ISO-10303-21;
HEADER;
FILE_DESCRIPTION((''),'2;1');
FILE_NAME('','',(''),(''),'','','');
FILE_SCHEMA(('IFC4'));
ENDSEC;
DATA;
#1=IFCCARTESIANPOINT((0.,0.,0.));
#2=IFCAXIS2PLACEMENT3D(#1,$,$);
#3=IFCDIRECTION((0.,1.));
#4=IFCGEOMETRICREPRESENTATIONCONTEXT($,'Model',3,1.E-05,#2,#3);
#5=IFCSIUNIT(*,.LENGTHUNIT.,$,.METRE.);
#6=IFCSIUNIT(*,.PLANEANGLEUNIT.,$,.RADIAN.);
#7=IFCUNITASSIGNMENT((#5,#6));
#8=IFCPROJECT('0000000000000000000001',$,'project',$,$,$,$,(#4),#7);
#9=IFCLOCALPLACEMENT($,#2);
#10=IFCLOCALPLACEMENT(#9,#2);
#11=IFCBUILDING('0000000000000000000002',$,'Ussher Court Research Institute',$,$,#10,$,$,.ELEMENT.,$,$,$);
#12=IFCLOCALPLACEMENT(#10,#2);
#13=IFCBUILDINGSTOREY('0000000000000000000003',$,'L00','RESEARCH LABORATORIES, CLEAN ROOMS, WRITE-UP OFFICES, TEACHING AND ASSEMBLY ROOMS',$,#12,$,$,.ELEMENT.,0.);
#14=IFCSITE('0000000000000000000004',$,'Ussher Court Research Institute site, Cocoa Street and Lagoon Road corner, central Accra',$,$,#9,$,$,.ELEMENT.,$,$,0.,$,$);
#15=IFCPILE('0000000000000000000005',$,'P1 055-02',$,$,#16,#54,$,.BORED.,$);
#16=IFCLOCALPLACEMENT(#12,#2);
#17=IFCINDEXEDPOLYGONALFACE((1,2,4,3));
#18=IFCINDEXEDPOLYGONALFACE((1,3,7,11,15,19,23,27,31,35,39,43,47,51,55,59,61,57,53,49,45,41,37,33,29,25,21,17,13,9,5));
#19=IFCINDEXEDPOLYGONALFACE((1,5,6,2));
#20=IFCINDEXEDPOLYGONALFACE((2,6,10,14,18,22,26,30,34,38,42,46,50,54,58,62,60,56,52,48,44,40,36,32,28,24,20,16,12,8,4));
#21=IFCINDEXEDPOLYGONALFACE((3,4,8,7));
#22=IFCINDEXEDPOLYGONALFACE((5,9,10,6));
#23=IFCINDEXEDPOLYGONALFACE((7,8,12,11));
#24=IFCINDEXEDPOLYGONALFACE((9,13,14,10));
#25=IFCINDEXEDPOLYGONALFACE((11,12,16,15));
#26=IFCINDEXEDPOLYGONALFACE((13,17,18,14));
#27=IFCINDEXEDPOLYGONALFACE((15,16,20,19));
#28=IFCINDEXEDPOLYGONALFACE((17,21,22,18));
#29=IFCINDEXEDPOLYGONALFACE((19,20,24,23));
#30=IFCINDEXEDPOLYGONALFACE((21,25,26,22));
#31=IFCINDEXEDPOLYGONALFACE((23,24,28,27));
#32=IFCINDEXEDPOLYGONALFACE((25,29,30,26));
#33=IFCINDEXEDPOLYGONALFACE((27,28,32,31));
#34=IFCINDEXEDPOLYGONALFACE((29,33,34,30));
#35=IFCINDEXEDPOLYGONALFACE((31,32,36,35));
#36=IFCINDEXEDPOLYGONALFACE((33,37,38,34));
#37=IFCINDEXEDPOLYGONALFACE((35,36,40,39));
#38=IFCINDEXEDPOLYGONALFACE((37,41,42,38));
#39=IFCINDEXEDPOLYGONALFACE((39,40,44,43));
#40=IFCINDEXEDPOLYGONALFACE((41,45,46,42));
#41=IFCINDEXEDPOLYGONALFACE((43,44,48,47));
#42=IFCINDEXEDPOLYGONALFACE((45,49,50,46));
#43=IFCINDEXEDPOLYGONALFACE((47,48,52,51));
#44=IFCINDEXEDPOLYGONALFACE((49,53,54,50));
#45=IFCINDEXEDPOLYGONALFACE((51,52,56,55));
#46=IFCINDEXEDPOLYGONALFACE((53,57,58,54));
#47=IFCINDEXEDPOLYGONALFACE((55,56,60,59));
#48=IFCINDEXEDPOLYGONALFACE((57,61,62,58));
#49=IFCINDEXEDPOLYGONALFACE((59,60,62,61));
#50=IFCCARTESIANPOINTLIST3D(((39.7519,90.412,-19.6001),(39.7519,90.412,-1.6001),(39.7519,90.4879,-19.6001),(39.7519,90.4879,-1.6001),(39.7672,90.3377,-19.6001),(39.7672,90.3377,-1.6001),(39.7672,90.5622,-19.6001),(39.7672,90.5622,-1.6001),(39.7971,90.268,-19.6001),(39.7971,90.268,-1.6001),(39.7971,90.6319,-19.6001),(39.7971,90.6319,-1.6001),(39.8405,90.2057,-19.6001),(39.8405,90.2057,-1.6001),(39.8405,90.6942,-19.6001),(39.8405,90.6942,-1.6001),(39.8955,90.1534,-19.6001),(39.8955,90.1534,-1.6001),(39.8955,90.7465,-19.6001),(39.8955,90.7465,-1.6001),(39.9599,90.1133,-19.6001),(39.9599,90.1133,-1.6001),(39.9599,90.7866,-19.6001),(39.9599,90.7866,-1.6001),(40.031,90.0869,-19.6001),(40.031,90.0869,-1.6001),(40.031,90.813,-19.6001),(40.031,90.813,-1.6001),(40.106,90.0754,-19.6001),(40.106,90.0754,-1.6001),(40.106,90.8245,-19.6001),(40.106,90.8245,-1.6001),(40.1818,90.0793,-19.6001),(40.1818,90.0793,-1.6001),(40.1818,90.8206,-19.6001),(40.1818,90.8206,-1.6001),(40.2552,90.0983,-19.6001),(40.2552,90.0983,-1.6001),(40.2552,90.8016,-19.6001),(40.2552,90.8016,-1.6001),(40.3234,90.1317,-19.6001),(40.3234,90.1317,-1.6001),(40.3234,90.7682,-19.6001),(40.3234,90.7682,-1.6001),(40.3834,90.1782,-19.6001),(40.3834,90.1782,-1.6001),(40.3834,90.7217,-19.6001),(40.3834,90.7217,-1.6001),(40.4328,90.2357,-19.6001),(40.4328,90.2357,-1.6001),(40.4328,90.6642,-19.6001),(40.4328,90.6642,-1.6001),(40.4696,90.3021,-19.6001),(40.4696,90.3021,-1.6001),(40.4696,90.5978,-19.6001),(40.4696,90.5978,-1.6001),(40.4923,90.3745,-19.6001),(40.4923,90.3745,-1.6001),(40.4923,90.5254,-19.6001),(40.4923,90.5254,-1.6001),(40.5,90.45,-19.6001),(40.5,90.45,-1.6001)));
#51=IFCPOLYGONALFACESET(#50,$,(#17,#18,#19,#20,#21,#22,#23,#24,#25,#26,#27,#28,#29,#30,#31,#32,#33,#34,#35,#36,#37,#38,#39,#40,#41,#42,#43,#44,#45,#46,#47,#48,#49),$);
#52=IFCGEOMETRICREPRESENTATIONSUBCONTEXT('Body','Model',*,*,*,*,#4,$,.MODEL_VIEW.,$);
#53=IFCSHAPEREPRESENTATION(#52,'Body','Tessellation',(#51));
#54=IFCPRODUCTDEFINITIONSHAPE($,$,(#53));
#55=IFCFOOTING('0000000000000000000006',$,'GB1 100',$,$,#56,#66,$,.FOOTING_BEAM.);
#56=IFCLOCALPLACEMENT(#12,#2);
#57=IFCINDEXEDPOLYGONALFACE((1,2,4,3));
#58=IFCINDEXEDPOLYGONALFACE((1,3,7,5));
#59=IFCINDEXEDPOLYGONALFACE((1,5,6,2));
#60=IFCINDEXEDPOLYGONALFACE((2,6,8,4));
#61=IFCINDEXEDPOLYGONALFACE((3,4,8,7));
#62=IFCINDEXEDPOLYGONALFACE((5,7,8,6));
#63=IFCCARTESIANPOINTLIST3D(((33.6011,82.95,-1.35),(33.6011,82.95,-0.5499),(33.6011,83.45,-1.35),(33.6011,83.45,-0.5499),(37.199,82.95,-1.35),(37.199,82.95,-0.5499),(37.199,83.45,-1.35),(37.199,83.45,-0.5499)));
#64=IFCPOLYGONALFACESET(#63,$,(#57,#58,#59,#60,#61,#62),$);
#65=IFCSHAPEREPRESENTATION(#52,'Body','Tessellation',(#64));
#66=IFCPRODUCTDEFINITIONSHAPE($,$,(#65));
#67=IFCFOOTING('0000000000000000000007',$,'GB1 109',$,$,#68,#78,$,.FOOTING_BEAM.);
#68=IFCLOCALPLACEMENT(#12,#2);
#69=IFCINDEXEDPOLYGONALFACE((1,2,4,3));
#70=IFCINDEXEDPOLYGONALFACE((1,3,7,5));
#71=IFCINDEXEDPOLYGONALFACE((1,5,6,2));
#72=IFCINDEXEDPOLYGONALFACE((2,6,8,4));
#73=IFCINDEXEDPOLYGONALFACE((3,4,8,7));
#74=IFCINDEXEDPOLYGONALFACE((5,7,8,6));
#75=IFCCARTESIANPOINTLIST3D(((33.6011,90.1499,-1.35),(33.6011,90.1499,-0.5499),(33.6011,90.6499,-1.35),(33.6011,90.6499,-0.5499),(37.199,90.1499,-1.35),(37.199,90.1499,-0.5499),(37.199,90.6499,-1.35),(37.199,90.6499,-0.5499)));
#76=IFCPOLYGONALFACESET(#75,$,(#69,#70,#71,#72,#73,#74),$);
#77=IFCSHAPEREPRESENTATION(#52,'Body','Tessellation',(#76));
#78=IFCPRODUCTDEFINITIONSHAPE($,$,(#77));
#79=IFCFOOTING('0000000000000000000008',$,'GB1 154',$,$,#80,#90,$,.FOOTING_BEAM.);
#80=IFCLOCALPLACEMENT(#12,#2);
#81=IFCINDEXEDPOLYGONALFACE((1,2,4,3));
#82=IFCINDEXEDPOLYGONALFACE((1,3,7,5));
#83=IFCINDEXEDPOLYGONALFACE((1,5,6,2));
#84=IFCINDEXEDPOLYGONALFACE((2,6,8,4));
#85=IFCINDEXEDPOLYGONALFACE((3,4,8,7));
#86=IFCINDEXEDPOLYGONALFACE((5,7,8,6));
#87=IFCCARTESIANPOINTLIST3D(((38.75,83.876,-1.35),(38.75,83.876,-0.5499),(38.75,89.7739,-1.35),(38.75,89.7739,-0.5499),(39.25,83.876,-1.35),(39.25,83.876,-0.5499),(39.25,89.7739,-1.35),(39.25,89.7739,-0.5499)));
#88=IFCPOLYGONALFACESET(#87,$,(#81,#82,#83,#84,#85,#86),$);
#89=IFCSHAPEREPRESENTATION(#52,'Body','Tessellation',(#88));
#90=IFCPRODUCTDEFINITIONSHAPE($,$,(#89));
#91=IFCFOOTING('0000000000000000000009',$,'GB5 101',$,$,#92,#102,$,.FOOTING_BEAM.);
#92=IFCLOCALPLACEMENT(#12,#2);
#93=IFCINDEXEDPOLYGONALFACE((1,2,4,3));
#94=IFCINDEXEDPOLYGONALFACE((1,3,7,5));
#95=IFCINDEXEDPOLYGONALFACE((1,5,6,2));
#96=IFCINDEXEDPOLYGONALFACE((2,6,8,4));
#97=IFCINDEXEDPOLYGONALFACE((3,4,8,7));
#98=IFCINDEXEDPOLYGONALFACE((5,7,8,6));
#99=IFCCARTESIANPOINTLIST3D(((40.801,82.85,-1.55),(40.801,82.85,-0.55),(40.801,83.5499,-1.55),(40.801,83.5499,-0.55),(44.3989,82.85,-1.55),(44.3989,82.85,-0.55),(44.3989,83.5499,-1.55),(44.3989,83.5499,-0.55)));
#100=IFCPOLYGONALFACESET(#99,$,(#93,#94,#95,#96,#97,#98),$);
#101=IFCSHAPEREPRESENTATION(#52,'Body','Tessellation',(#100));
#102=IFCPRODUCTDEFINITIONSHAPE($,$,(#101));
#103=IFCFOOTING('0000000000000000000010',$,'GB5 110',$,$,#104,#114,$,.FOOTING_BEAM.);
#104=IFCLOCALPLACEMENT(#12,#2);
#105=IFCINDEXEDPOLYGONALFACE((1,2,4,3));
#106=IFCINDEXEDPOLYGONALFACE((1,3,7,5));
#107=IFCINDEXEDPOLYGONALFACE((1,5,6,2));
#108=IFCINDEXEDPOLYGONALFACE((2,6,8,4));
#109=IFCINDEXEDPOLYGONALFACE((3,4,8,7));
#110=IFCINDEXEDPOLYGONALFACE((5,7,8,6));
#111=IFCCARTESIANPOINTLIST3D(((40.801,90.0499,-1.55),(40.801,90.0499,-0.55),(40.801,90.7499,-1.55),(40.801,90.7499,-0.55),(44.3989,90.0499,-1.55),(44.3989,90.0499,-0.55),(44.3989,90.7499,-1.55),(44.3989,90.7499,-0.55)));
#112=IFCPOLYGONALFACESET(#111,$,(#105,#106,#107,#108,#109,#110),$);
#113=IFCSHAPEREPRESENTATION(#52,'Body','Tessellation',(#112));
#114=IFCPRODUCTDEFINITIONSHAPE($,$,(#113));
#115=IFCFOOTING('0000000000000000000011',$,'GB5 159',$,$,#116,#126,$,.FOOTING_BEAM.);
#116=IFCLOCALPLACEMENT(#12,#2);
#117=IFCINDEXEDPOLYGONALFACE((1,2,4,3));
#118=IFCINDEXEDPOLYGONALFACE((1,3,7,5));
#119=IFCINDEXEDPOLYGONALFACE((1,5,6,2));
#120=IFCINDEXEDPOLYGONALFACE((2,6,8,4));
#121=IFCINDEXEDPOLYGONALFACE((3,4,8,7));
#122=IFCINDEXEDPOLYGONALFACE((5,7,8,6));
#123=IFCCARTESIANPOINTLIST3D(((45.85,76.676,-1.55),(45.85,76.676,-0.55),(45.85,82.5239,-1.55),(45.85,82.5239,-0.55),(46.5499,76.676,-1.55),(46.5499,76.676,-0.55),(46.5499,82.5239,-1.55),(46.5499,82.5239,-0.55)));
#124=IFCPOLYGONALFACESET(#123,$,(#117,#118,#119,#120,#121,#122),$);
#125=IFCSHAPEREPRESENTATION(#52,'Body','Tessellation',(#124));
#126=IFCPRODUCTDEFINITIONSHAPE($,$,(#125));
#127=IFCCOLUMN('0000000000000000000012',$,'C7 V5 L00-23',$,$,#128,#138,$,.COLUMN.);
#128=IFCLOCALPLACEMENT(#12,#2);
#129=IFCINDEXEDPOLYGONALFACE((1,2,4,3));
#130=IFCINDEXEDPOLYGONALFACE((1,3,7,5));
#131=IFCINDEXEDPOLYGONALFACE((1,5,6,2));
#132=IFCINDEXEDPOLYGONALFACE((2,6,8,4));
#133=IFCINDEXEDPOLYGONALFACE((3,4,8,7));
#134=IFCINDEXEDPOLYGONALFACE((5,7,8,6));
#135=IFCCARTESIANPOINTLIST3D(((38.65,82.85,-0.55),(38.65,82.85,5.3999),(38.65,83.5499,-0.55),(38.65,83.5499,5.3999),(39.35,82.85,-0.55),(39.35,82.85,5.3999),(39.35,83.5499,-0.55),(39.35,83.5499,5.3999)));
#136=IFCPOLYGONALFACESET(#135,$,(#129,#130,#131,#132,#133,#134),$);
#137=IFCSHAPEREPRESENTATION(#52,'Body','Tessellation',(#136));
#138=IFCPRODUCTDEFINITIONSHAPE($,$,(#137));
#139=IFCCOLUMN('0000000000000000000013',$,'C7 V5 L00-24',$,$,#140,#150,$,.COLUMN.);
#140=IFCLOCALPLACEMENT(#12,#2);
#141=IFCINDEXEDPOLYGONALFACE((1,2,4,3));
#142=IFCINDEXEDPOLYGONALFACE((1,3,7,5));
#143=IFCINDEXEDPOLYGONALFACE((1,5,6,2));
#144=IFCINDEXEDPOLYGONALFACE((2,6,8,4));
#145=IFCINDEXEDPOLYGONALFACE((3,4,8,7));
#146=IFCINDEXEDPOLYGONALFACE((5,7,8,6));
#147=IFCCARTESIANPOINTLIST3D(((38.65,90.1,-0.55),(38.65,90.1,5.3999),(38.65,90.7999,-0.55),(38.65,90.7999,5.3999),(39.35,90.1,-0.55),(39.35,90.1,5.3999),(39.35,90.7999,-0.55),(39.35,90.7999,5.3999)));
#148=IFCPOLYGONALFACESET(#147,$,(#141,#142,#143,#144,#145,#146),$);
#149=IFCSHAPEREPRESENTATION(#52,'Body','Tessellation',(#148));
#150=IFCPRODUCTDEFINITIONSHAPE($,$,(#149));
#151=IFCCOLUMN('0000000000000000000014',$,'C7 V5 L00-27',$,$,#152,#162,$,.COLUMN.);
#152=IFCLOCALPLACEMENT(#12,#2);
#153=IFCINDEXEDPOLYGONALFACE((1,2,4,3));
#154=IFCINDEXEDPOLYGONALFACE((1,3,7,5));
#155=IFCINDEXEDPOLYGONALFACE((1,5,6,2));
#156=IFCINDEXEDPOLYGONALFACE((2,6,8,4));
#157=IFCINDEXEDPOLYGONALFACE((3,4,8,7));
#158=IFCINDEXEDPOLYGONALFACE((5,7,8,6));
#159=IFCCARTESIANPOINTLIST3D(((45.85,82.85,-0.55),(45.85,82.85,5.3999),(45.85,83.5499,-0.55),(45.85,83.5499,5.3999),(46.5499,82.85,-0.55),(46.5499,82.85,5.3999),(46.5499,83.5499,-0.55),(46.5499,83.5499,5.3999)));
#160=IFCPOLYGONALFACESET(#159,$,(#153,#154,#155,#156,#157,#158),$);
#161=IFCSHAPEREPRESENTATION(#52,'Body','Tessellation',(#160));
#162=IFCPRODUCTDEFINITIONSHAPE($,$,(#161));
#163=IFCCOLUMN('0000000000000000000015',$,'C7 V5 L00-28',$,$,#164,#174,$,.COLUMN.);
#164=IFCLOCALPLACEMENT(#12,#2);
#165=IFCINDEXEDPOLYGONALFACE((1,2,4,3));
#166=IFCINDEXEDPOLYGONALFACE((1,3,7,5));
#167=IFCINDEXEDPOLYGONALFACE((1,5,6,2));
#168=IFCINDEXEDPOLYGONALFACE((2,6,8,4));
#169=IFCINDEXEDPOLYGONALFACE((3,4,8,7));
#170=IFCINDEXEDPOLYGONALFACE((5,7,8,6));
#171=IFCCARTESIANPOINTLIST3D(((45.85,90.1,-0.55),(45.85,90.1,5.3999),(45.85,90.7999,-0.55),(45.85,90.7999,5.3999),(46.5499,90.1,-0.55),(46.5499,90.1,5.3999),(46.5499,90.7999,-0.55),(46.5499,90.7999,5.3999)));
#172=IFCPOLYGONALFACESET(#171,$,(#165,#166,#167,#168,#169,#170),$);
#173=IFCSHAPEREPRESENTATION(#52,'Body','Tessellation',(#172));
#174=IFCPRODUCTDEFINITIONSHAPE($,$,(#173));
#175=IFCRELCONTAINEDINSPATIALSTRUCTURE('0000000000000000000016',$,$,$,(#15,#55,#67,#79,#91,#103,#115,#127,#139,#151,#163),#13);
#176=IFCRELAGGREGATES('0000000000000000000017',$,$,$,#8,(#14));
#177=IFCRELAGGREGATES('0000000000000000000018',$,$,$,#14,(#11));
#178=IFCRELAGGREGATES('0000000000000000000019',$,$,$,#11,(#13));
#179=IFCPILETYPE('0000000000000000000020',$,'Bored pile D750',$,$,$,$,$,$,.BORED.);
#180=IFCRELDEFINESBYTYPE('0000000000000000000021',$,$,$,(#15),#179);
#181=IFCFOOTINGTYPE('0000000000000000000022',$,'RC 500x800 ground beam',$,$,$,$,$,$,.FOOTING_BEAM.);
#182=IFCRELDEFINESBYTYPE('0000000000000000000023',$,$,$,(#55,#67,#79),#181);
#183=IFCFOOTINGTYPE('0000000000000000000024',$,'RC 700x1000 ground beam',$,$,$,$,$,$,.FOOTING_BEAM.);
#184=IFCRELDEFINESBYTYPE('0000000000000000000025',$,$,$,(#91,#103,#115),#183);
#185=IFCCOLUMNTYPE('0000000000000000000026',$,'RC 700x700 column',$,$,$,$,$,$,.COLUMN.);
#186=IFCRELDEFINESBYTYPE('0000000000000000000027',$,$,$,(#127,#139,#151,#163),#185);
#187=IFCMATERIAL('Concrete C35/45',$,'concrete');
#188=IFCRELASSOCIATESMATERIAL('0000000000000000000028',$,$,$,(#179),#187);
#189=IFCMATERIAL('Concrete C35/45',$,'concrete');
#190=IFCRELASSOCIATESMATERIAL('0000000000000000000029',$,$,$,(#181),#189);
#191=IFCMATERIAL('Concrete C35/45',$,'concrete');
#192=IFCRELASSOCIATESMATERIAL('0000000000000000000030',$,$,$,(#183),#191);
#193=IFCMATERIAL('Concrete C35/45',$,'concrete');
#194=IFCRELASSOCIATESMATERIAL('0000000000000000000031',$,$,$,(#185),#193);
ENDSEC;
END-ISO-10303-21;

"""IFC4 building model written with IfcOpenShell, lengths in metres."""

from ifc_helpers import new_model, si_unit, direction, frame, origin, origin_2d, place, context, subcontext, project, spatial, rectangle, circle, extrude, material, material_profile, profile_set, type_object, element, save


model = new_model("IFC4")

# Units and contexts
model_context = context("Model", 3, precision=1e-05, world=origin(), true_north=direction((0.0, 1.0)))
body_context = subcontext(model_context, "Body", "Model", "MODEL_VIEW")
ifc_project = project(units=[si_unit("LENGTHUNIT", "METRE"), si_unit("PLANEANGLEUNIT", "RADIAN")], contexts=[model_context])

# Site, building, storey
site_placement = place(None, origin())
site = spatial("IfcSite", under=ifc_project, at=site_placement, Name="Ussher Court Research Institute site, Cocoa Street and Lagoon Road corner, central Accra", CompositionType="ELEMENT", RefElevation=0.0)
building_placement = place(site_placement, origin())
building = spatial("IfcBuilding", under=site, at=building_placement, Name="Ussher Court Research Institute", CompositionType="ELEMENT")
storey_placement = place(building_placement, origin())
storey = spatial("IfcBuildingStorey", under=building, at=storey_placement, Name="L00", Description="RESEARCH LABORATORIES, CLEAN ROOMS, WRITE-UP OFFICES, TEACHING AND ASSEMBLY ROOMS", CompositionType="ELEMENT", Elevation=0.0)

# Pile
ifc_material_1 = material(Name="Concrete C35/45", Category="concrete")
ifc_material_profile_1 = material_profile(ifc_material_1, circle(Radius=0.375, at=origin_2d()), Name="RC D750")
ifc_profile_set_1 = profile_set([ifc_material_profile_1], Name="Concrete C35/45")
pile_type = type_object("IfcPileType", Name="Bored pile D750", PredefinedType="BORED", material=ifc_profile_set_1)
for number, where, z_axis, x_axis, name in (
    (1, (40.125, 90.45, -1.6001), (0.0, 0.0, -1.0), (1.0, 0.0, 0.0), "P1 055-02"),
):
    element("IfcPile", number, at=place(storey_placement, frame(where, z_axis=z_axis, x_axis=x_axis)), inside=storey, type_object=pile_type, Name=name, PredefinedType="BORED", context=body_context, shape_type="SweptSolid", body=[
        extrude(circle(Radius=0.375, at=origin_2d()), origin(), (0.0, 0.0, 1.0), 18.0),
    ])

# Footings
ifc_material_2 = material(Name="Concrete C35/45", Category="concrete")
ifc_material_profile_2 = material_profile(ifc_material_2, rectangle(XDim=0.5, YDim=0.8, at=origin_2d()), Name="RC 500x800")
ifc_profile_set_2 = profile_set([ifc_material_profile_2], Name="Concrete C35/45")
footing_type_1 = type_object("IfcFootingType", Name="RC 500x800 ground beam", PredefinedType="FOOTING_BEAM", material=ifc_profile_set_2)
for number, where, z_axis, x_axis, name in (
    (2, (33.6011, 83.2, -0.95), (1.0, 0.0, 0.0), (0.0, 1.0, 0.0), "GB1 100"),
    (3, (33.6011, 90.3999, -0.95), (1.0, 0.0, 0.0), (0.0, 1.0, 0.0), "GB1 109"),
):
    element("IfcFooting", number, at=place(storey_placement, frame(where, z_axis=z_axis, x_axis=x_axis)), inside=storey, type_object=footing_type_1, Name=name, PredefinedType="FOOTING_BEAM", context=body_context, shape_type="SweptSolid", body=[
        extrude(rectangle(XDim=0.5, YDim=0.8, at=origin_2d()), origin(), (0.0, 0.0, 1.0), 3.5979),
    ])
footing_1_placement = place(storey_placement, frame((39.0, 83.876, -0.95), z_axis=(0.0, 1.0, 0.0), x_axis=(-1.0, 0.0, 0.0)))
element("IfcFooting", 4, at=footing_1_placement, inside=storey, type_object=footing_type_1, Name="GB1 154", PredefinedType="FOOTING_BEAM", context=body_context, shape_type="SweptSolid", body=[
    extrude(rectangle(XDim=0.5, YDim=0.8, at=origin_2d()), origin(), (0.0, 0.0, 1.0), 5.8979),
])
ifc_material_3 = material(Name="Concrete C35/45", Category="concrete")
ifc_material_profile_3 = material_profile(ifc_material_3, rectangle(XDim=0.7, YDim=1.0, at=origin_2d()), Name="RC 700x1000")
ifc_profile_set_3 = profile_set([ifc_material_profile_3], Name="Concrete C35/45")
footing_type_2 = type_object("IfcFootingType", Name="RC 700x1000 ground beam", PredefinedType="FOOTING_BEAM", material=ifc_profile_set_3)
for number, where, z_axis, x_axis, name in (
    (5, (40.801, 83.2, -1.05), (1.0, 0.0, 0.0), (0.0, 1.0, 0.0), "GB5 101"),
    (6, (40.801, 90.3999, -1.05), (1.0, 0.0, 0.0), (0.0, 1.0, 0.0), "GB5 110"),
):
    element("IfcFooting", number, at=place(storey_placement, frame(where, z_axis=z_axis, x_axis=x_axis)), inside=storey, type_object=footing_type_2, Name=name, PredefinedType="FOOTING_BEAM", context=body_context, shape_type="SweptSolid", body=[
        extrude(rectangle(XDim=0.7, YDim=1.0, at=origin_2d()), origin(), (0.0, 0.0, 1.0), 3.5979),
    ])
footing_2_placement = place(storey_placement, frame((46.2, 76.676, -1.05), z_axis=(0.0, 1.0, 0.0), x_axis=(-1.0, 0.0, 0.0)))
element("IfcFooting", 7, at=footing_2_placement, inside=storey, type_object=footing_type_2, Name="GB5 159", PredefinedType="FOOTING_BEAM", context=body_context, shape_type="SweptSolid", body=[
    extrude(rectangle(XDim=0.7, YDim=1.0, at=origin_2d()), origin(), (0.0, 0.0, 1.0), 5.8479),
])

# Columns
ifc_material_4 = material(Name="Concrete C35/45", Category="concrete")
ifc_material_profile_4 = material_profile(ifc_material_4, rectangle(XDim=0.7, YDim=0.7, at=origin_2d()), Name="RC 700x700")
ifc_profile_set_4 = profile_set([ifc_material_profile_4], Name="Concrete C35/45")
column_type = type_object("IfcColumnType", Name="RC 700x700 column", PredefinedType="COLUMN", material=ifc_profile_set_4)
for number, where, z_axis, x_axis, name in (
    (8, (39.0, 83.2, -0.55), (0.0, 0.0, 1.0), (1.0, 0.0, 0.0), "C7 V5 L00-23"),
    (9, (39.0, 90.45, -0.55), (0.0, 0.0, 1.0), (1.0, 0.0, 0.0), "C7 V5 L00-24"),
    (10, (46.2, 83.2, -0.55), (0.0, 0.0, 1.0), (1.0, 0.0, 0.0), "C7 V5 L00-27"),
    (11, (46.2, 90.45, -0.55), (0.0, 0.0, 1.0), (1.0, 0.0, 0.0), "C7 V5 L00-28"),
):
    element("IfcColumn", number, at=place(storey_placement, frame(where, z_axis=z_axis, x_axis=x_axis)), inside=storey, type_object=column_type, Name=name, PredefinedType="COLUMN", context=body_context, shape_type="SweptSolid", body=[
        extrude(rectangle(XDim=0.7, YDim=0.7, at=origin_2d()), origin(), (0.0, 0.0, 1.0), 5.95),
    ])

save(model, "model.ifc")
